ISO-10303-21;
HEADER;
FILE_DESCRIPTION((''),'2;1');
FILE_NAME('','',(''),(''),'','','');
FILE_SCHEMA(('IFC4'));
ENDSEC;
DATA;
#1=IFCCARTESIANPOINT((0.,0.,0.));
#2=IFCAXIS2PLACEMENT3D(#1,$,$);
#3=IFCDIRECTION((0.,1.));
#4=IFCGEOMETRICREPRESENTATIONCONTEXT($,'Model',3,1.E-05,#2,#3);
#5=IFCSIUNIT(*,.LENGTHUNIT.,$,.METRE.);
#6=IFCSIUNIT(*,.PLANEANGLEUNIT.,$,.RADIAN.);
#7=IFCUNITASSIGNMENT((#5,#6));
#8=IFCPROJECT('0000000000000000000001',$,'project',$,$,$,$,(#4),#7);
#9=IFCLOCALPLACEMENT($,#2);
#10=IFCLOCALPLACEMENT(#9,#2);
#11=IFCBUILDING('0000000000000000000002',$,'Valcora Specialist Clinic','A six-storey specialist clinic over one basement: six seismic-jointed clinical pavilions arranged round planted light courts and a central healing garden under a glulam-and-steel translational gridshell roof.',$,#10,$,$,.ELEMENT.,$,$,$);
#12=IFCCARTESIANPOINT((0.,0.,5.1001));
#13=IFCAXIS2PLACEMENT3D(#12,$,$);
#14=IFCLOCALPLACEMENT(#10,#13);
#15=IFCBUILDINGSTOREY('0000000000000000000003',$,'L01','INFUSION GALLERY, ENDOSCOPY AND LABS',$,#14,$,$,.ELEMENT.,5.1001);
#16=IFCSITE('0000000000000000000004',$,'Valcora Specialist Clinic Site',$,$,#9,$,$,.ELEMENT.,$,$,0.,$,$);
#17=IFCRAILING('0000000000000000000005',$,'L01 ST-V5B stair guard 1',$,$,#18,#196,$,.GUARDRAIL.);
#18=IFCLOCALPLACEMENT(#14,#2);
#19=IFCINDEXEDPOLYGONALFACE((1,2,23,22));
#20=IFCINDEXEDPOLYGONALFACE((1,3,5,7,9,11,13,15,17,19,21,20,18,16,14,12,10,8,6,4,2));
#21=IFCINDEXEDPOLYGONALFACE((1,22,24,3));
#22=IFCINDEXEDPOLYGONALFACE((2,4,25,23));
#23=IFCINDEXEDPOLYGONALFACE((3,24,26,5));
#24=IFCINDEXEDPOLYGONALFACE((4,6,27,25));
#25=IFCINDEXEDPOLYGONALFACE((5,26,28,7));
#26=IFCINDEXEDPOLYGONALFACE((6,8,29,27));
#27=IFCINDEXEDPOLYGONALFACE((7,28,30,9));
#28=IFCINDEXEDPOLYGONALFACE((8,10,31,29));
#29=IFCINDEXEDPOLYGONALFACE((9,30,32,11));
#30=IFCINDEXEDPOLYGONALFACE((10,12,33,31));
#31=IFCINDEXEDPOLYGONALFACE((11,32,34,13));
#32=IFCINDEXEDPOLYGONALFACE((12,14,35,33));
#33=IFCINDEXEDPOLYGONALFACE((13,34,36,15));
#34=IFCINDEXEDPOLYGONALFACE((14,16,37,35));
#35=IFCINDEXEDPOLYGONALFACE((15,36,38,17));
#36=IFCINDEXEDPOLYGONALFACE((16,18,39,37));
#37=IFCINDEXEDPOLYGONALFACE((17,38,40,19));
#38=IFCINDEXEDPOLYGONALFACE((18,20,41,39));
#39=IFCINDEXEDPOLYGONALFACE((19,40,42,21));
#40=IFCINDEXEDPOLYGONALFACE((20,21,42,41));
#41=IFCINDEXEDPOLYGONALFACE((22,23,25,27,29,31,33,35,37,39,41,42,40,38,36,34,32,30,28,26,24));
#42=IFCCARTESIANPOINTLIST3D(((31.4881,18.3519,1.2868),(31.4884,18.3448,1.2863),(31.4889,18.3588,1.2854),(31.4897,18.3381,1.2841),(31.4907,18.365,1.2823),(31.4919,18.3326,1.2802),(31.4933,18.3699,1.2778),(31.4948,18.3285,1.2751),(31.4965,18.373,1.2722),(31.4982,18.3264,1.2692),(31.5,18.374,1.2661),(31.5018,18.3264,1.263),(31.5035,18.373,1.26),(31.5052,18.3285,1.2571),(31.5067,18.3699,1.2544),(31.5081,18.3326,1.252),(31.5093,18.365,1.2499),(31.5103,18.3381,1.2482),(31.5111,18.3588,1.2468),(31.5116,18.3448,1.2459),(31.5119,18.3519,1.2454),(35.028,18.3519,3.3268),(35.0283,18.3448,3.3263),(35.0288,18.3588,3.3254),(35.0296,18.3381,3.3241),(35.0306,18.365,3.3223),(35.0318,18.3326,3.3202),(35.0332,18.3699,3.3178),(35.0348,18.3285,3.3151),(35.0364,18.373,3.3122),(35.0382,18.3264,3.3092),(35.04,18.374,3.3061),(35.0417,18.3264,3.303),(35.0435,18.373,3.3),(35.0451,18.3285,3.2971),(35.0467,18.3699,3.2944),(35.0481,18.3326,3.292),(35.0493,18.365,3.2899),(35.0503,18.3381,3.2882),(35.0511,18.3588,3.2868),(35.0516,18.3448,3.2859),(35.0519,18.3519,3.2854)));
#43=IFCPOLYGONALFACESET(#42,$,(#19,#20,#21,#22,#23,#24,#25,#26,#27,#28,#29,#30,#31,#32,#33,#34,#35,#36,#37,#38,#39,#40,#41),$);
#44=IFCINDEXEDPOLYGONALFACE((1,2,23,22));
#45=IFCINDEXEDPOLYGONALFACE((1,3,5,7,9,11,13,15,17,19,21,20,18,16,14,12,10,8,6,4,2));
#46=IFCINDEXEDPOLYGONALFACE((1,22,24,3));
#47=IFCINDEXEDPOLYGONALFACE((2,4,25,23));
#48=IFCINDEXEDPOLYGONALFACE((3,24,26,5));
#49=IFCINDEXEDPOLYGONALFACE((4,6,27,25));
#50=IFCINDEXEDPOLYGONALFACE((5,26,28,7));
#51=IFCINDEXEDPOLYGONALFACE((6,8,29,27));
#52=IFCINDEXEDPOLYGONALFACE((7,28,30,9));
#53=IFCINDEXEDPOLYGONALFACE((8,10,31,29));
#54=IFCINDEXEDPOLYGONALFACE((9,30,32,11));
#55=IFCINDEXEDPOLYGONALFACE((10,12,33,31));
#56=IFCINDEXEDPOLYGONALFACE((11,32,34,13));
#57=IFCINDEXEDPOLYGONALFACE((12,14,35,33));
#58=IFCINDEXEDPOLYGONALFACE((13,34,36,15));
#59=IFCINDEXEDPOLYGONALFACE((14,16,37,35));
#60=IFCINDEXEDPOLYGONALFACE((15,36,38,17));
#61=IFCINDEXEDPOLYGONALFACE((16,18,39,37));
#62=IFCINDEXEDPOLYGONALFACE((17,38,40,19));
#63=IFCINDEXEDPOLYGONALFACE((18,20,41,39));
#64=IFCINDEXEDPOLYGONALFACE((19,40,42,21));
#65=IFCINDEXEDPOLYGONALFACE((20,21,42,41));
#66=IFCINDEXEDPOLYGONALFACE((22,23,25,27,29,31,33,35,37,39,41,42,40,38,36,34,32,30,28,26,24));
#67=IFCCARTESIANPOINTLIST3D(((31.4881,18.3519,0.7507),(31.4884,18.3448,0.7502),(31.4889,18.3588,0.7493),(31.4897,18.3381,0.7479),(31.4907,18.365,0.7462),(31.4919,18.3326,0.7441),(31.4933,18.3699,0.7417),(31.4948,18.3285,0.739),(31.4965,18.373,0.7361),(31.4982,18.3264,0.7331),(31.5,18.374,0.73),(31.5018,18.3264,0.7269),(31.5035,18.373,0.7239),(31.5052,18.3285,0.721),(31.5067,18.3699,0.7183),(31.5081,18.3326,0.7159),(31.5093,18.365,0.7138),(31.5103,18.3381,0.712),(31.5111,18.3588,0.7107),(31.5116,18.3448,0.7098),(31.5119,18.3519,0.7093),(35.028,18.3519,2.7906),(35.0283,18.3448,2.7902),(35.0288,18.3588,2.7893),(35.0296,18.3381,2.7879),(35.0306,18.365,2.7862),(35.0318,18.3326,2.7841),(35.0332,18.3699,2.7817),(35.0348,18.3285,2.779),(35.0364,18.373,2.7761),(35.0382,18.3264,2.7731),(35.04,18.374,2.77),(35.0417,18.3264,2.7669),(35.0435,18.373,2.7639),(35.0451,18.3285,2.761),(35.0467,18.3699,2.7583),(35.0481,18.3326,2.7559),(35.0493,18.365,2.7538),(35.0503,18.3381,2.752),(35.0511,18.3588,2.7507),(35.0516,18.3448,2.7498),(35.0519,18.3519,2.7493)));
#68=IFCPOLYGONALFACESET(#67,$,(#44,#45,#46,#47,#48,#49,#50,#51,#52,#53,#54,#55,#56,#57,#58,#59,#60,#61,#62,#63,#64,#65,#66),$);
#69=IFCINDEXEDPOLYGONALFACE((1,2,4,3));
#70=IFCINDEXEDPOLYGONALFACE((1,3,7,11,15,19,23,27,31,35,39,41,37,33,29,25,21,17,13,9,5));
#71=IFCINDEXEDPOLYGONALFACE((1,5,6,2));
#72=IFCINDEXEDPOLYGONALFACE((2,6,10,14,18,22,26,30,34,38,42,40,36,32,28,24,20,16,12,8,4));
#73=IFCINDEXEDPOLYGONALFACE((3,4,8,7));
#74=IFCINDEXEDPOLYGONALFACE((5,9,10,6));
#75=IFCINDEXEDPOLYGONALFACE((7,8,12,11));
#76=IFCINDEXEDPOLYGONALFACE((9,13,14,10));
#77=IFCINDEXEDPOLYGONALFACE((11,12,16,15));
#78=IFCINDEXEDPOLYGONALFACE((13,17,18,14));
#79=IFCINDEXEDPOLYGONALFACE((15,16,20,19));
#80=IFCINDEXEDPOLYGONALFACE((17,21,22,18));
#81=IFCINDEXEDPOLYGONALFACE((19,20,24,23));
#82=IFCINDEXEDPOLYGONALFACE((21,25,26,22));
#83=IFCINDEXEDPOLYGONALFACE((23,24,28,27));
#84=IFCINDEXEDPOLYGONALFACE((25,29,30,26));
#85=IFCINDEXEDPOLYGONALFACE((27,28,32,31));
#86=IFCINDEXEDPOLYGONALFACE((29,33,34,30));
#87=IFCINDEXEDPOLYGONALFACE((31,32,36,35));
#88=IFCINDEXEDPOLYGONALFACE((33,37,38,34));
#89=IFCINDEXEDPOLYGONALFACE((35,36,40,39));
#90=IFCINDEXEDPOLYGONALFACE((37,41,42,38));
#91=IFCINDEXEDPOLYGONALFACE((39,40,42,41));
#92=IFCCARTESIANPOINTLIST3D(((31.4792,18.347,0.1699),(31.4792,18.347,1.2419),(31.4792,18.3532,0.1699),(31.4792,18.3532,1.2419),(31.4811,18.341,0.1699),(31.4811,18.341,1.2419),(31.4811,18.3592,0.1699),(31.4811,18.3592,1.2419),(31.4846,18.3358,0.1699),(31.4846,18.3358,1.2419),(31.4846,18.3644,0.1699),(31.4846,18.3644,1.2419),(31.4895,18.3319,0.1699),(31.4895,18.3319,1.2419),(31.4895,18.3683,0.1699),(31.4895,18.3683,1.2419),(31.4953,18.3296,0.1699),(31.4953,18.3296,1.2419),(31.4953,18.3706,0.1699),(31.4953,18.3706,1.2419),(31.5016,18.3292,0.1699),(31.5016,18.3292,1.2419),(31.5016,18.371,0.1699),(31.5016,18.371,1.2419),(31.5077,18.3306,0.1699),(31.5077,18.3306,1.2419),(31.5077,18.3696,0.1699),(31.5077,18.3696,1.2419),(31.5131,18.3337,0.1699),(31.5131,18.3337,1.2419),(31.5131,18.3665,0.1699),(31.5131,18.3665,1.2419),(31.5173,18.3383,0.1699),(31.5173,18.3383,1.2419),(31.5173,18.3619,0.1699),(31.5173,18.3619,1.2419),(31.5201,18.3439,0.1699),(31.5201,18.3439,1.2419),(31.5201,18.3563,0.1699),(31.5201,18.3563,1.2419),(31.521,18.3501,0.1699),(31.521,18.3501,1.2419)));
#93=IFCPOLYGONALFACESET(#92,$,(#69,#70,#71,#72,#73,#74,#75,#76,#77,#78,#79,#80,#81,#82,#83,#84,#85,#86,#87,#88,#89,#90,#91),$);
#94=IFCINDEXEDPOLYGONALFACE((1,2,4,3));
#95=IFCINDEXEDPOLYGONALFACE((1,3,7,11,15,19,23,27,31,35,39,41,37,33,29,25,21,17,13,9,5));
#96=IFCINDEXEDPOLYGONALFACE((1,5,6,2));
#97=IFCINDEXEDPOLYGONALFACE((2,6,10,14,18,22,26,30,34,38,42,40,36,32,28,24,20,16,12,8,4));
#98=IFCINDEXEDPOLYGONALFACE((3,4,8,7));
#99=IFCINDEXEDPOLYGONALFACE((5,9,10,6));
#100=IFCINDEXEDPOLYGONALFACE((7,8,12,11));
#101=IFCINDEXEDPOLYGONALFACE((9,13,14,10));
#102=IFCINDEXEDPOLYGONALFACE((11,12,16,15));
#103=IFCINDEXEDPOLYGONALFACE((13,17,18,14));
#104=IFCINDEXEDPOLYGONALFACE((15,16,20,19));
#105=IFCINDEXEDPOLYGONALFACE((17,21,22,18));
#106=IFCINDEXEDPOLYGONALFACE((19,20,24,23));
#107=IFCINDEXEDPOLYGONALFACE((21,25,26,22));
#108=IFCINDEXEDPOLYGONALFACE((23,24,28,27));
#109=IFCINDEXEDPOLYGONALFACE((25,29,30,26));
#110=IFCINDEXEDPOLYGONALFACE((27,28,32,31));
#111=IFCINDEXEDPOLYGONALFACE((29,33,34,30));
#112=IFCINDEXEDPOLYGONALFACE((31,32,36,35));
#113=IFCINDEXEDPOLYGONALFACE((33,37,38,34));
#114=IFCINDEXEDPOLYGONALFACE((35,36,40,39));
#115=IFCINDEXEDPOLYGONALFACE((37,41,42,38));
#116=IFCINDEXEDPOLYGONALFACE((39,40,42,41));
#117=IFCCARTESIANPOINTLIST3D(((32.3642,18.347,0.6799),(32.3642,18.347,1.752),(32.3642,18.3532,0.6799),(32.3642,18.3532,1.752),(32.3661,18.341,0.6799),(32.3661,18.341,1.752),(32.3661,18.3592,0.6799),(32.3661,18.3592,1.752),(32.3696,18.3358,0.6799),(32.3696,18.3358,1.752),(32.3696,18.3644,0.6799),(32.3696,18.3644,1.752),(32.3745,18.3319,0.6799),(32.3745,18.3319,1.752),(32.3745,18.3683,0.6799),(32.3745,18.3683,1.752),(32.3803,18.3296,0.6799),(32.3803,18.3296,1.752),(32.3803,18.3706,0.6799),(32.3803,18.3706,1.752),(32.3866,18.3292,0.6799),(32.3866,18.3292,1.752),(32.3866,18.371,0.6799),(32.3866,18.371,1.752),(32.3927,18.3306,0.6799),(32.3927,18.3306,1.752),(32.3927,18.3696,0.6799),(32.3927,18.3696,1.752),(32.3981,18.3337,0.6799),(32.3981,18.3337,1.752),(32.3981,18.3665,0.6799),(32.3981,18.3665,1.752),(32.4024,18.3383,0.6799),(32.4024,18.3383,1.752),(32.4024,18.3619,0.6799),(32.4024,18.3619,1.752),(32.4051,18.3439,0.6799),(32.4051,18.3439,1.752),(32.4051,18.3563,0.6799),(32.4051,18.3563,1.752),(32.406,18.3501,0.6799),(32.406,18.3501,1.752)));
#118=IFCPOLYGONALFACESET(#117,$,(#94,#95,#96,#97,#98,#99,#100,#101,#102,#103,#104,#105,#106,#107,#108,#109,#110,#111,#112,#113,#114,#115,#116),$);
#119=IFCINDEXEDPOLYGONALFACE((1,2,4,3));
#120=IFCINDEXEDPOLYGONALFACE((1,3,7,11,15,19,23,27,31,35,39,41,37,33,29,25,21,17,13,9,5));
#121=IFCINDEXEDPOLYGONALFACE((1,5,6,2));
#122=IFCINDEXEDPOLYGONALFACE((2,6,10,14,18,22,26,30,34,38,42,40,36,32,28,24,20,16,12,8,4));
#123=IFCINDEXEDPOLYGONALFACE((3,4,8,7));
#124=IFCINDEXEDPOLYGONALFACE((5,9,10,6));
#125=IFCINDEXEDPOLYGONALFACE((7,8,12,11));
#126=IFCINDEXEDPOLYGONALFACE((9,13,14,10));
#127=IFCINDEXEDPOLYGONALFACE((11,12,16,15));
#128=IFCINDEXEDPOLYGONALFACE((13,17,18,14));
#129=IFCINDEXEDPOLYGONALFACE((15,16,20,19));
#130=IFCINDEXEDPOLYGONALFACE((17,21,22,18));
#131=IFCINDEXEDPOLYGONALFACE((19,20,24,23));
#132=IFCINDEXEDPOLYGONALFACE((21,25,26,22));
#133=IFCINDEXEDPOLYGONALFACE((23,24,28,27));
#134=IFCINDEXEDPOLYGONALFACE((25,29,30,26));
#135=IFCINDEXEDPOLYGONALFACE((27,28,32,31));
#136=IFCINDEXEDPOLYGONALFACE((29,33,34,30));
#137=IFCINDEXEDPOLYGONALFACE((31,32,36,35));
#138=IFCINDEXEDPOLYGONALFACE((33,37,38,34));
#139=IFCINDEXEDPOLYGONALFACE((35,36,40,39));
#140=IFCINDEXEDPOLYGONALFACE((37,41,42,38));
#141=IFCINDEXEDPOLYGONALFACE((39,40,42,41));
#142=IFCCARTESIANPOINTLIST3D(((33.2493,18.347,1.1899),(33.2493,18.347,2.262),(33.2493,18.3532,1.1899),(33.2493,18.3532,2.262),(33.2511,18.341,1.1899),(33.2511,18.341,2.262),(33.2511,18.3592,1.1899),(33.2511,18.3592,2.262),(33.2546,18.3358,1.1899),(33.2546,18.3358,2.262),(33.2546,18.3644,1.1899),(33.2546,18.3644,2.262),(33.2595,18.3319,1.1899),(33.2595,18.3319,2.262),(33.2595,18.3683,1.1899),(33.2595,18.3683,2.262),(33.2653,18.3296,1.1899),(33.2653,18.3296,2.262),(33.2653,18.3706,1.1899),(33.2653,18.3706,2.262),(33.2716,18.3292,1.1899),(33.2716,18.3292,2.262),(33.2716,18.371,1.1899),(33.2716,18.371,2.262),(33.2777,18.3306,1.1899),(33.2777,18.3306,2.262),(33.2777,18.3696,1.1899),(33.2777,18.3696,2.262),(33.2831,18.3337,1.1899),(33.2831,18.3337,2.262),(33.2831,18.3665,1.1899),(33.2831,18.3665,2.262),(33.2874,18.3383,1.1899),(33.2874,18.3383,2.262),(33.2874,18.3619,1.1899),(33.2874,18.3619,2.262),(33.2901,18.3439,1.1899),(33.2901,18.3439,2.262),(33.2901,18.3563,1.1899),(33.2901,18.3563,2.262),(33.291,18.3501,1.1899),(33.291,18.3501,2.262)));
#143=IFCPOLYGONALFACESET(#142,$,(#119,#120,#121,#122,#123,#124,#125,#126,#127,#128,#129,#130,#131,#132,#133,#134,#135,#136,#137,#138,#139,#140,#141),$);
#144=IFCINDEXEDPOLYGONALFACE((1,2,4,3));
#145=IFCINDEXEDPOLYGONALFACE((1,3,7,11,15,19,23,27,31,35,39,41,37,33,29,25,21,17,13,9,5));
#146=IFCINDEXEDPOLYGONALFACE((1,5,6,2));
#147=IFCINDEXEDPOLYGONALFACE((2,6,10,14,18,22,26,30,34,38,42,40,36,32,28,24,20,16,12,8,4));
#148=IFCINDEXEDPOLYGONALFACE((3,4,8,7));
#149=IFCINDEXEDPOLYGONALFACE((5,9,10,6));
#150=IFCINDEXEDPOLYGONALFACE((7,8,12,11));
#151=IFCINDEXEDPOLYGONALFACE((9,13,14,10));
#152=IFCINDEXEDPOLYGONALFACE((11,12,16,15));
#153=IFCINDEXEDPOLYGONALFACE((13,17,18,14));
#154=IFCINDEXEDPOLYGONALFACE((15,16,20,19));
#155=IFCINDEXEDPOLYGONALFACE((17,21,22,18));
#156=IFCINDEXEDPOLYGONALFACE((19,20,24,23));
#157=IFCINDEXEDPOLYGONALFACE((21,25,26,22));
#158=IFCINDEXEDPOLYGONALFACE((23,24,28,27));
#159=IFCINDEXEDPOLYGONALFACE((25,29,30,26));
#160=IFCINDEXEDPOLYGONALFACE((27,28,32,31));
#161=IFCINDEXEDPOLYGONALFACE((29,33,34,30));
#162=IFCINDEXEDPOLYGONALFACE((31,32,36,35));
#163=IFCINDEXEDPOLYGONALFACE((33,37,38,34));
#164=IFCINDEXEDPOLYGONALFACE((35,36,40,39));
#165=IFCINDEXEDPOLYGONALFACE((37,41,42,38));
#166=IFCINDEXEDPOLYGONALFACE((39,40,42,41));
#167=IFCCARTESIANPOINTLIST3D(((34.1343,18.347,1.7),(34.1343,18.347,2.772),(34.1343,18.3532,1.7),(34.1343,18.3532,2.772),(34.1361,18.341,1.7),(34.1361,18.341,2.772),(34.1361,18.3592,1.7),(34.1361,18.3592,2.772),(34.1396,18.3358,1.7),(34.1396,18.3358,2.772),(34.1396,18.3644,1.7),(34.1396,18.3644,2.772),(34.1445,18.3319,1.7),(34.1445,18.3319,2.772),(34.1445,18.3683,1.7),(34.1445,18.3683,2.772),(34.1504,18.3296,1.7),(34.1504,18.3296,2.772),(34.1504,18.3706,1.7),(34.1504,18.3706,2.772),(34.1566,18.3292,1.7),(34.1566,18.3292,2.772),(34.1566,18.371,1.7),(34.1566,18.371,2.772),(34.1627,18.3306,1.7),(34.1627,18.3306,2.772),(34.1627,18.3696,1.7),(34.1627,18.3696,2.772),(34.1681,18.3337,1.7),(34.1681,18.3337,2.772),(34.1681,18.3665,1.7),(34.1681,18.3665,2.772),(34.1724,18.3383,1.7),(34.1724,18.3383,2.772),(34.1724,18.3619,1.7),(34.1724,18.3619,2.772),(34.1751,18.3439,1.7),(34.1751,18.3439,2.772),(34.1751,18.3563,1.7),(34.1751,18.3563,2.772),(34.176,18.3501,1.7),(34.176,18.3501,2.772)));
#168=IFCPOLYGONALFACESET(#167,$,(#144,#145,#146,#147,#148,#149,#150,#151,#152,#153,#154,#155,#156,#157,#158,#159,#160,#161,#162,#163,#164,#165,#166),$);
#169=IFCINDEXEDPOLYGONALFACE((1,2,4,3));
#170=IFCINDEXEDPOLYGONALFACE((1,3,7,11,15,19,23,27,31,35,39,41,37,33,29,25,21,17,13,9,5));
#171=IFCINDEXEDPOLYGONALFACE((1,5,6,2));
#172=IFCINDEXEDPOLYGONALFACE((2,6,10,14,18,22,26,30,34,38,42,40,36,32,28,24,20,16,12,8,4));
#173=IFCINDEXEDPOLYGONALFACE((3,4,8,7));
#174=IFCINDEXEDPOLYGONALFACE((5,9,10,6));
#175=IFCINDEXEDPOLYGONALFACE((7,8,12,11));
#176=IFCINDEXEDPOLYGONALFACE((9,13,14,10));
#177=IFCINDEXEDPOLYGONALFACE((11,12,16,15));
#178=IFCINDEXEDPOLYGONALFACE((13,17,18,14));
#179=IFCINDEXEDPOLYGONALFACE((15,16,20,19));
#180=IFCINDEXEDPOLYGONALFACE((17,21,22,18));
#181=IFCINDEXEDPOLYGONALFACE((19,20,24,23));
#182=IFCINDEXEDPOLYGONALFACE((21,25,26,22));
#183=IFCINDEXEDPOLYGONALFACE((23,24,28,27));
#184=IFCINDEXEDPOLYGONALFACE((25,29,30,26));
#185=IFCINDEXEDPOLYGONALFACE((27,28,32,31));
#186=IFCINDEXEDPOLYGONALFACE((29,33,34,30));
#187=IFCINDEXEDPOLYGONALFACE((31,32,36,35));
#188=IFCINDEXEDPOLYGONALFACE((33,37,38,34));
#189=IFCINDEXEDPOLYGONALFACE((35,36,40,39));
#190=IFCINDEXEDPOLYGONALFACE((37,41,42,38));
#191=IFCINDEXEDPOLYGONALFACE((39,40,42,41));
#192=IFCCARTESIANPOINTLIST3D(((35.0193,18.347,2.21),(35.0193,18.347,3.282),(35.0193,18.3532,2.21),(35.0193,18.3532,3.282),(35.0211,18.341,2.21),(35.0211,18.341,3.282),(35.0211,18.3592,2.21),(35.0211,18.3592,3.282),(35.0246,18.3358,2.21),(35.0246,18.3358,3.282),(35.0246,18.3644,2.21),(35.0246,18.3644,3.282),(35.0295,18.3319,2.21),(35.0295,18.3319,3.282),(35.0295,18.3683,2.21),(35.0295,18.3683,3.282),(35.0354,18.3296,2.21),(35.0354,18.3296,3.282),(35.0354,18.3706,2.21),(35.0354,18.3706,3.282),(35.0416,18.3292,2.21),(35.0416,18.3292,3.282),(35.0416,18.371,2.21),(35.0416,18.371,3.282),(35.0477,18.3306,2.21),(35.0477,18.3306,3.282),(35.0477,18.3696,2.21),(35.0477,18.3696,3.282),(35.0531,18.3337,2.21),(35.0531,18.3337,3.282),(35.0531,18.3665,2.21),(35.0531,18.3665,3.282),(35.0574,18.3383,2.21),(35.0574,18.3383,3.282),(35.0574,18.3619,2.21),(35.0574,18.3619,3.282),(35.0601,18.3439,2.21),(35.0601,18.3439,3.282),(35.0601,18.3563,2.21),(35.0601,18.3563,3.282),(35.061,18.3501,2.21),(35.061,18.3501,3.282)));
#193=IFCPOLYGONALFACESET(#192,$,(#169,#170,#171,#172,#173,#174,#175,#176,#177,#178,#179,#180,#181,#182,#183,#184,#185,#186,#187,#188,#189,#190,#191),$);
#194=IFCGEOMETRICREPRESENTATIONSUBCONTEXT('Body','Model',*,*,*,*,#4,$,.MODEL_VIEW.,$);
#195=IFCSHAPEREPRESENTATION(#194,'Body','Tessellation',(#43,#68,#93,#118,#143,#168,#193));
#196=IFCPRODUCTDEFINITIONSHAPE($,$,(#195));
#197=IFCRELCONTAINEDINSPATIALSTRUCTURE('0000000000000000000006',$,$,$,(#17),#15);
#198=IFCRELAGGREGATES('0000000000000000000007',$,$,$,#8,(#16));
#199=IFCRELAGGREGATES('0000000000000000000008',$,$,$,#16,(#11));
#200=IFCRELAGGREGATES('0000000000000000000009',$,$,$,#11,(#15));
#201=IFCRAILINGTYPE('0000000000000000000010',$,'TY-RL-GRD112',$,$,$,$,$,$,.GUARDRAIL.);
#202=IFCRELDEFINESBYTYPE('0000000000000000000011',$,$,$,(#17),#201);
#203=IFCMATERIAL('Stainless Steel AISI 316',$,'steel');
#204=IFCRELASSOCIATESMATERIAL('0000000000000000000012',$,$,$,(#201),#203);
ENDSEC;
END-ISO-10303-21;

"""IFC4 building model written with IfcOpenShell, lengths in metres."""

from ifc_helpers import new_model, si_unit, direction, frame, origin, origin_2d, place, context, subcontext, project, spatial, circle, extrude, material, type_object, element, save


model = new_model("IFC4")

# Units and contexts
model_context = context("Model", 3, precision=1e-05, world=origin(), true_north=direction((0.0, 1.0)))
body_context = subcontext(model_context, "Body", "Model", "MODEL_VIEW")
ifc_project = project(units=[si_unit("LENGTHUNIT", "METRE"), si_unit("PLANEANGLEUNIT", "RADIAN")], contexts=[model_context])

# Site, building, storey
site_placement = place(None, origin())
site = spatial("IfcSite", under=ifc_project, at=site_placement, Name="Valcora Specialist Clinic Site", CompositionType="ELEMENT", RefElevation=0.0)
building_placement = place(site_placement, origin())
building = spatial("IfcBuilding", under=site, at=building_placement, Name="Valcora Specialist Clinic", Description="A six-storey specialist clinic over one basement: six seismic-jointed clinical pavilions arranged round planted light courts and a central healing garden under a glulam-and-steel translational gridshell roof.", CompositionType="ELEMENT")
storey_placement = place(building_placement, frame((0.0, 0.0, 5.1001)))
storey = spatial("IfcBuildingStorey", under=building, at=storey_placement, Name="L01", Description="INFUSION GALLERY, ENDOSCOPY AND LABS", CompositionType="ELEMENT", Elevation=5.1001)

# Shared definitions
ifc_material_1 = material(Name="Stainless Steel AISI 316", Category="steel")

# Railing
railing_type_1 = type_object("IfcRailingType", Name="TY-RL-GRD112", PredefinedType="GUARDRAIL", material=ifc_material_1)
railing_1_placement = place(storey_placement, frame((31.5, 18.3501, 0.1699)))
element("IfcRailing", 1, at=railing_1_placement, inside=storey, type_object=railing_type_1, Name="L01 ST-V5B stair guard 1", PredefinedType="GUARDRAIL", context=body_context, shape_type="SweptSolid", body=[
    extrude(circle(Radius=0.0239, at=origin_2d()), frame((0.0, 0.0, 1.0962), z_axis=(0.866428, 0.0, 0.499302), x_axis=(0.0, 1.0, 0.0)), (0.0, 0.0, 1.0), 4.0857),
    extrude(circle(Radius=0.0239, at=origin_2d()), frame((0.0, 0.0, 0.5601), z_axis=(0.866428, 0.0, 0.499302), x_axis=(0.0, 1.0, 0.0)), (0.0, 0.0, 1.0), 4.0857),
    extrude(circle(Radius=0.021, at=origin_2d()), origin(), (0.0, 0.0, 1.0), 1.072),
    extrude(circle(Radius=0.021, at=origin_2d()), frame((0.885, 0.0, 0.51)), (0.0, 0.0, 1.0), 1.072),
    extrude(circle(Radius=0.021, at=origin_2d()), frame((1.77, 0.0, 1.02)), (0.0, 0.0, 1.0), 1.072),
    extrude(circle(Radius=0.021, at=origin_2d()), frame((2.655, 0.0, 1.53)), (0.0, 0.0, 1.0), 1.072),
    extrude(circle(Radius=0.021, at=origin_2d()), frame((3.54, 0.0, 2.04)), (0.0, 0.0, 1.0), 1.072),
])

save(model, "model.ifc")
